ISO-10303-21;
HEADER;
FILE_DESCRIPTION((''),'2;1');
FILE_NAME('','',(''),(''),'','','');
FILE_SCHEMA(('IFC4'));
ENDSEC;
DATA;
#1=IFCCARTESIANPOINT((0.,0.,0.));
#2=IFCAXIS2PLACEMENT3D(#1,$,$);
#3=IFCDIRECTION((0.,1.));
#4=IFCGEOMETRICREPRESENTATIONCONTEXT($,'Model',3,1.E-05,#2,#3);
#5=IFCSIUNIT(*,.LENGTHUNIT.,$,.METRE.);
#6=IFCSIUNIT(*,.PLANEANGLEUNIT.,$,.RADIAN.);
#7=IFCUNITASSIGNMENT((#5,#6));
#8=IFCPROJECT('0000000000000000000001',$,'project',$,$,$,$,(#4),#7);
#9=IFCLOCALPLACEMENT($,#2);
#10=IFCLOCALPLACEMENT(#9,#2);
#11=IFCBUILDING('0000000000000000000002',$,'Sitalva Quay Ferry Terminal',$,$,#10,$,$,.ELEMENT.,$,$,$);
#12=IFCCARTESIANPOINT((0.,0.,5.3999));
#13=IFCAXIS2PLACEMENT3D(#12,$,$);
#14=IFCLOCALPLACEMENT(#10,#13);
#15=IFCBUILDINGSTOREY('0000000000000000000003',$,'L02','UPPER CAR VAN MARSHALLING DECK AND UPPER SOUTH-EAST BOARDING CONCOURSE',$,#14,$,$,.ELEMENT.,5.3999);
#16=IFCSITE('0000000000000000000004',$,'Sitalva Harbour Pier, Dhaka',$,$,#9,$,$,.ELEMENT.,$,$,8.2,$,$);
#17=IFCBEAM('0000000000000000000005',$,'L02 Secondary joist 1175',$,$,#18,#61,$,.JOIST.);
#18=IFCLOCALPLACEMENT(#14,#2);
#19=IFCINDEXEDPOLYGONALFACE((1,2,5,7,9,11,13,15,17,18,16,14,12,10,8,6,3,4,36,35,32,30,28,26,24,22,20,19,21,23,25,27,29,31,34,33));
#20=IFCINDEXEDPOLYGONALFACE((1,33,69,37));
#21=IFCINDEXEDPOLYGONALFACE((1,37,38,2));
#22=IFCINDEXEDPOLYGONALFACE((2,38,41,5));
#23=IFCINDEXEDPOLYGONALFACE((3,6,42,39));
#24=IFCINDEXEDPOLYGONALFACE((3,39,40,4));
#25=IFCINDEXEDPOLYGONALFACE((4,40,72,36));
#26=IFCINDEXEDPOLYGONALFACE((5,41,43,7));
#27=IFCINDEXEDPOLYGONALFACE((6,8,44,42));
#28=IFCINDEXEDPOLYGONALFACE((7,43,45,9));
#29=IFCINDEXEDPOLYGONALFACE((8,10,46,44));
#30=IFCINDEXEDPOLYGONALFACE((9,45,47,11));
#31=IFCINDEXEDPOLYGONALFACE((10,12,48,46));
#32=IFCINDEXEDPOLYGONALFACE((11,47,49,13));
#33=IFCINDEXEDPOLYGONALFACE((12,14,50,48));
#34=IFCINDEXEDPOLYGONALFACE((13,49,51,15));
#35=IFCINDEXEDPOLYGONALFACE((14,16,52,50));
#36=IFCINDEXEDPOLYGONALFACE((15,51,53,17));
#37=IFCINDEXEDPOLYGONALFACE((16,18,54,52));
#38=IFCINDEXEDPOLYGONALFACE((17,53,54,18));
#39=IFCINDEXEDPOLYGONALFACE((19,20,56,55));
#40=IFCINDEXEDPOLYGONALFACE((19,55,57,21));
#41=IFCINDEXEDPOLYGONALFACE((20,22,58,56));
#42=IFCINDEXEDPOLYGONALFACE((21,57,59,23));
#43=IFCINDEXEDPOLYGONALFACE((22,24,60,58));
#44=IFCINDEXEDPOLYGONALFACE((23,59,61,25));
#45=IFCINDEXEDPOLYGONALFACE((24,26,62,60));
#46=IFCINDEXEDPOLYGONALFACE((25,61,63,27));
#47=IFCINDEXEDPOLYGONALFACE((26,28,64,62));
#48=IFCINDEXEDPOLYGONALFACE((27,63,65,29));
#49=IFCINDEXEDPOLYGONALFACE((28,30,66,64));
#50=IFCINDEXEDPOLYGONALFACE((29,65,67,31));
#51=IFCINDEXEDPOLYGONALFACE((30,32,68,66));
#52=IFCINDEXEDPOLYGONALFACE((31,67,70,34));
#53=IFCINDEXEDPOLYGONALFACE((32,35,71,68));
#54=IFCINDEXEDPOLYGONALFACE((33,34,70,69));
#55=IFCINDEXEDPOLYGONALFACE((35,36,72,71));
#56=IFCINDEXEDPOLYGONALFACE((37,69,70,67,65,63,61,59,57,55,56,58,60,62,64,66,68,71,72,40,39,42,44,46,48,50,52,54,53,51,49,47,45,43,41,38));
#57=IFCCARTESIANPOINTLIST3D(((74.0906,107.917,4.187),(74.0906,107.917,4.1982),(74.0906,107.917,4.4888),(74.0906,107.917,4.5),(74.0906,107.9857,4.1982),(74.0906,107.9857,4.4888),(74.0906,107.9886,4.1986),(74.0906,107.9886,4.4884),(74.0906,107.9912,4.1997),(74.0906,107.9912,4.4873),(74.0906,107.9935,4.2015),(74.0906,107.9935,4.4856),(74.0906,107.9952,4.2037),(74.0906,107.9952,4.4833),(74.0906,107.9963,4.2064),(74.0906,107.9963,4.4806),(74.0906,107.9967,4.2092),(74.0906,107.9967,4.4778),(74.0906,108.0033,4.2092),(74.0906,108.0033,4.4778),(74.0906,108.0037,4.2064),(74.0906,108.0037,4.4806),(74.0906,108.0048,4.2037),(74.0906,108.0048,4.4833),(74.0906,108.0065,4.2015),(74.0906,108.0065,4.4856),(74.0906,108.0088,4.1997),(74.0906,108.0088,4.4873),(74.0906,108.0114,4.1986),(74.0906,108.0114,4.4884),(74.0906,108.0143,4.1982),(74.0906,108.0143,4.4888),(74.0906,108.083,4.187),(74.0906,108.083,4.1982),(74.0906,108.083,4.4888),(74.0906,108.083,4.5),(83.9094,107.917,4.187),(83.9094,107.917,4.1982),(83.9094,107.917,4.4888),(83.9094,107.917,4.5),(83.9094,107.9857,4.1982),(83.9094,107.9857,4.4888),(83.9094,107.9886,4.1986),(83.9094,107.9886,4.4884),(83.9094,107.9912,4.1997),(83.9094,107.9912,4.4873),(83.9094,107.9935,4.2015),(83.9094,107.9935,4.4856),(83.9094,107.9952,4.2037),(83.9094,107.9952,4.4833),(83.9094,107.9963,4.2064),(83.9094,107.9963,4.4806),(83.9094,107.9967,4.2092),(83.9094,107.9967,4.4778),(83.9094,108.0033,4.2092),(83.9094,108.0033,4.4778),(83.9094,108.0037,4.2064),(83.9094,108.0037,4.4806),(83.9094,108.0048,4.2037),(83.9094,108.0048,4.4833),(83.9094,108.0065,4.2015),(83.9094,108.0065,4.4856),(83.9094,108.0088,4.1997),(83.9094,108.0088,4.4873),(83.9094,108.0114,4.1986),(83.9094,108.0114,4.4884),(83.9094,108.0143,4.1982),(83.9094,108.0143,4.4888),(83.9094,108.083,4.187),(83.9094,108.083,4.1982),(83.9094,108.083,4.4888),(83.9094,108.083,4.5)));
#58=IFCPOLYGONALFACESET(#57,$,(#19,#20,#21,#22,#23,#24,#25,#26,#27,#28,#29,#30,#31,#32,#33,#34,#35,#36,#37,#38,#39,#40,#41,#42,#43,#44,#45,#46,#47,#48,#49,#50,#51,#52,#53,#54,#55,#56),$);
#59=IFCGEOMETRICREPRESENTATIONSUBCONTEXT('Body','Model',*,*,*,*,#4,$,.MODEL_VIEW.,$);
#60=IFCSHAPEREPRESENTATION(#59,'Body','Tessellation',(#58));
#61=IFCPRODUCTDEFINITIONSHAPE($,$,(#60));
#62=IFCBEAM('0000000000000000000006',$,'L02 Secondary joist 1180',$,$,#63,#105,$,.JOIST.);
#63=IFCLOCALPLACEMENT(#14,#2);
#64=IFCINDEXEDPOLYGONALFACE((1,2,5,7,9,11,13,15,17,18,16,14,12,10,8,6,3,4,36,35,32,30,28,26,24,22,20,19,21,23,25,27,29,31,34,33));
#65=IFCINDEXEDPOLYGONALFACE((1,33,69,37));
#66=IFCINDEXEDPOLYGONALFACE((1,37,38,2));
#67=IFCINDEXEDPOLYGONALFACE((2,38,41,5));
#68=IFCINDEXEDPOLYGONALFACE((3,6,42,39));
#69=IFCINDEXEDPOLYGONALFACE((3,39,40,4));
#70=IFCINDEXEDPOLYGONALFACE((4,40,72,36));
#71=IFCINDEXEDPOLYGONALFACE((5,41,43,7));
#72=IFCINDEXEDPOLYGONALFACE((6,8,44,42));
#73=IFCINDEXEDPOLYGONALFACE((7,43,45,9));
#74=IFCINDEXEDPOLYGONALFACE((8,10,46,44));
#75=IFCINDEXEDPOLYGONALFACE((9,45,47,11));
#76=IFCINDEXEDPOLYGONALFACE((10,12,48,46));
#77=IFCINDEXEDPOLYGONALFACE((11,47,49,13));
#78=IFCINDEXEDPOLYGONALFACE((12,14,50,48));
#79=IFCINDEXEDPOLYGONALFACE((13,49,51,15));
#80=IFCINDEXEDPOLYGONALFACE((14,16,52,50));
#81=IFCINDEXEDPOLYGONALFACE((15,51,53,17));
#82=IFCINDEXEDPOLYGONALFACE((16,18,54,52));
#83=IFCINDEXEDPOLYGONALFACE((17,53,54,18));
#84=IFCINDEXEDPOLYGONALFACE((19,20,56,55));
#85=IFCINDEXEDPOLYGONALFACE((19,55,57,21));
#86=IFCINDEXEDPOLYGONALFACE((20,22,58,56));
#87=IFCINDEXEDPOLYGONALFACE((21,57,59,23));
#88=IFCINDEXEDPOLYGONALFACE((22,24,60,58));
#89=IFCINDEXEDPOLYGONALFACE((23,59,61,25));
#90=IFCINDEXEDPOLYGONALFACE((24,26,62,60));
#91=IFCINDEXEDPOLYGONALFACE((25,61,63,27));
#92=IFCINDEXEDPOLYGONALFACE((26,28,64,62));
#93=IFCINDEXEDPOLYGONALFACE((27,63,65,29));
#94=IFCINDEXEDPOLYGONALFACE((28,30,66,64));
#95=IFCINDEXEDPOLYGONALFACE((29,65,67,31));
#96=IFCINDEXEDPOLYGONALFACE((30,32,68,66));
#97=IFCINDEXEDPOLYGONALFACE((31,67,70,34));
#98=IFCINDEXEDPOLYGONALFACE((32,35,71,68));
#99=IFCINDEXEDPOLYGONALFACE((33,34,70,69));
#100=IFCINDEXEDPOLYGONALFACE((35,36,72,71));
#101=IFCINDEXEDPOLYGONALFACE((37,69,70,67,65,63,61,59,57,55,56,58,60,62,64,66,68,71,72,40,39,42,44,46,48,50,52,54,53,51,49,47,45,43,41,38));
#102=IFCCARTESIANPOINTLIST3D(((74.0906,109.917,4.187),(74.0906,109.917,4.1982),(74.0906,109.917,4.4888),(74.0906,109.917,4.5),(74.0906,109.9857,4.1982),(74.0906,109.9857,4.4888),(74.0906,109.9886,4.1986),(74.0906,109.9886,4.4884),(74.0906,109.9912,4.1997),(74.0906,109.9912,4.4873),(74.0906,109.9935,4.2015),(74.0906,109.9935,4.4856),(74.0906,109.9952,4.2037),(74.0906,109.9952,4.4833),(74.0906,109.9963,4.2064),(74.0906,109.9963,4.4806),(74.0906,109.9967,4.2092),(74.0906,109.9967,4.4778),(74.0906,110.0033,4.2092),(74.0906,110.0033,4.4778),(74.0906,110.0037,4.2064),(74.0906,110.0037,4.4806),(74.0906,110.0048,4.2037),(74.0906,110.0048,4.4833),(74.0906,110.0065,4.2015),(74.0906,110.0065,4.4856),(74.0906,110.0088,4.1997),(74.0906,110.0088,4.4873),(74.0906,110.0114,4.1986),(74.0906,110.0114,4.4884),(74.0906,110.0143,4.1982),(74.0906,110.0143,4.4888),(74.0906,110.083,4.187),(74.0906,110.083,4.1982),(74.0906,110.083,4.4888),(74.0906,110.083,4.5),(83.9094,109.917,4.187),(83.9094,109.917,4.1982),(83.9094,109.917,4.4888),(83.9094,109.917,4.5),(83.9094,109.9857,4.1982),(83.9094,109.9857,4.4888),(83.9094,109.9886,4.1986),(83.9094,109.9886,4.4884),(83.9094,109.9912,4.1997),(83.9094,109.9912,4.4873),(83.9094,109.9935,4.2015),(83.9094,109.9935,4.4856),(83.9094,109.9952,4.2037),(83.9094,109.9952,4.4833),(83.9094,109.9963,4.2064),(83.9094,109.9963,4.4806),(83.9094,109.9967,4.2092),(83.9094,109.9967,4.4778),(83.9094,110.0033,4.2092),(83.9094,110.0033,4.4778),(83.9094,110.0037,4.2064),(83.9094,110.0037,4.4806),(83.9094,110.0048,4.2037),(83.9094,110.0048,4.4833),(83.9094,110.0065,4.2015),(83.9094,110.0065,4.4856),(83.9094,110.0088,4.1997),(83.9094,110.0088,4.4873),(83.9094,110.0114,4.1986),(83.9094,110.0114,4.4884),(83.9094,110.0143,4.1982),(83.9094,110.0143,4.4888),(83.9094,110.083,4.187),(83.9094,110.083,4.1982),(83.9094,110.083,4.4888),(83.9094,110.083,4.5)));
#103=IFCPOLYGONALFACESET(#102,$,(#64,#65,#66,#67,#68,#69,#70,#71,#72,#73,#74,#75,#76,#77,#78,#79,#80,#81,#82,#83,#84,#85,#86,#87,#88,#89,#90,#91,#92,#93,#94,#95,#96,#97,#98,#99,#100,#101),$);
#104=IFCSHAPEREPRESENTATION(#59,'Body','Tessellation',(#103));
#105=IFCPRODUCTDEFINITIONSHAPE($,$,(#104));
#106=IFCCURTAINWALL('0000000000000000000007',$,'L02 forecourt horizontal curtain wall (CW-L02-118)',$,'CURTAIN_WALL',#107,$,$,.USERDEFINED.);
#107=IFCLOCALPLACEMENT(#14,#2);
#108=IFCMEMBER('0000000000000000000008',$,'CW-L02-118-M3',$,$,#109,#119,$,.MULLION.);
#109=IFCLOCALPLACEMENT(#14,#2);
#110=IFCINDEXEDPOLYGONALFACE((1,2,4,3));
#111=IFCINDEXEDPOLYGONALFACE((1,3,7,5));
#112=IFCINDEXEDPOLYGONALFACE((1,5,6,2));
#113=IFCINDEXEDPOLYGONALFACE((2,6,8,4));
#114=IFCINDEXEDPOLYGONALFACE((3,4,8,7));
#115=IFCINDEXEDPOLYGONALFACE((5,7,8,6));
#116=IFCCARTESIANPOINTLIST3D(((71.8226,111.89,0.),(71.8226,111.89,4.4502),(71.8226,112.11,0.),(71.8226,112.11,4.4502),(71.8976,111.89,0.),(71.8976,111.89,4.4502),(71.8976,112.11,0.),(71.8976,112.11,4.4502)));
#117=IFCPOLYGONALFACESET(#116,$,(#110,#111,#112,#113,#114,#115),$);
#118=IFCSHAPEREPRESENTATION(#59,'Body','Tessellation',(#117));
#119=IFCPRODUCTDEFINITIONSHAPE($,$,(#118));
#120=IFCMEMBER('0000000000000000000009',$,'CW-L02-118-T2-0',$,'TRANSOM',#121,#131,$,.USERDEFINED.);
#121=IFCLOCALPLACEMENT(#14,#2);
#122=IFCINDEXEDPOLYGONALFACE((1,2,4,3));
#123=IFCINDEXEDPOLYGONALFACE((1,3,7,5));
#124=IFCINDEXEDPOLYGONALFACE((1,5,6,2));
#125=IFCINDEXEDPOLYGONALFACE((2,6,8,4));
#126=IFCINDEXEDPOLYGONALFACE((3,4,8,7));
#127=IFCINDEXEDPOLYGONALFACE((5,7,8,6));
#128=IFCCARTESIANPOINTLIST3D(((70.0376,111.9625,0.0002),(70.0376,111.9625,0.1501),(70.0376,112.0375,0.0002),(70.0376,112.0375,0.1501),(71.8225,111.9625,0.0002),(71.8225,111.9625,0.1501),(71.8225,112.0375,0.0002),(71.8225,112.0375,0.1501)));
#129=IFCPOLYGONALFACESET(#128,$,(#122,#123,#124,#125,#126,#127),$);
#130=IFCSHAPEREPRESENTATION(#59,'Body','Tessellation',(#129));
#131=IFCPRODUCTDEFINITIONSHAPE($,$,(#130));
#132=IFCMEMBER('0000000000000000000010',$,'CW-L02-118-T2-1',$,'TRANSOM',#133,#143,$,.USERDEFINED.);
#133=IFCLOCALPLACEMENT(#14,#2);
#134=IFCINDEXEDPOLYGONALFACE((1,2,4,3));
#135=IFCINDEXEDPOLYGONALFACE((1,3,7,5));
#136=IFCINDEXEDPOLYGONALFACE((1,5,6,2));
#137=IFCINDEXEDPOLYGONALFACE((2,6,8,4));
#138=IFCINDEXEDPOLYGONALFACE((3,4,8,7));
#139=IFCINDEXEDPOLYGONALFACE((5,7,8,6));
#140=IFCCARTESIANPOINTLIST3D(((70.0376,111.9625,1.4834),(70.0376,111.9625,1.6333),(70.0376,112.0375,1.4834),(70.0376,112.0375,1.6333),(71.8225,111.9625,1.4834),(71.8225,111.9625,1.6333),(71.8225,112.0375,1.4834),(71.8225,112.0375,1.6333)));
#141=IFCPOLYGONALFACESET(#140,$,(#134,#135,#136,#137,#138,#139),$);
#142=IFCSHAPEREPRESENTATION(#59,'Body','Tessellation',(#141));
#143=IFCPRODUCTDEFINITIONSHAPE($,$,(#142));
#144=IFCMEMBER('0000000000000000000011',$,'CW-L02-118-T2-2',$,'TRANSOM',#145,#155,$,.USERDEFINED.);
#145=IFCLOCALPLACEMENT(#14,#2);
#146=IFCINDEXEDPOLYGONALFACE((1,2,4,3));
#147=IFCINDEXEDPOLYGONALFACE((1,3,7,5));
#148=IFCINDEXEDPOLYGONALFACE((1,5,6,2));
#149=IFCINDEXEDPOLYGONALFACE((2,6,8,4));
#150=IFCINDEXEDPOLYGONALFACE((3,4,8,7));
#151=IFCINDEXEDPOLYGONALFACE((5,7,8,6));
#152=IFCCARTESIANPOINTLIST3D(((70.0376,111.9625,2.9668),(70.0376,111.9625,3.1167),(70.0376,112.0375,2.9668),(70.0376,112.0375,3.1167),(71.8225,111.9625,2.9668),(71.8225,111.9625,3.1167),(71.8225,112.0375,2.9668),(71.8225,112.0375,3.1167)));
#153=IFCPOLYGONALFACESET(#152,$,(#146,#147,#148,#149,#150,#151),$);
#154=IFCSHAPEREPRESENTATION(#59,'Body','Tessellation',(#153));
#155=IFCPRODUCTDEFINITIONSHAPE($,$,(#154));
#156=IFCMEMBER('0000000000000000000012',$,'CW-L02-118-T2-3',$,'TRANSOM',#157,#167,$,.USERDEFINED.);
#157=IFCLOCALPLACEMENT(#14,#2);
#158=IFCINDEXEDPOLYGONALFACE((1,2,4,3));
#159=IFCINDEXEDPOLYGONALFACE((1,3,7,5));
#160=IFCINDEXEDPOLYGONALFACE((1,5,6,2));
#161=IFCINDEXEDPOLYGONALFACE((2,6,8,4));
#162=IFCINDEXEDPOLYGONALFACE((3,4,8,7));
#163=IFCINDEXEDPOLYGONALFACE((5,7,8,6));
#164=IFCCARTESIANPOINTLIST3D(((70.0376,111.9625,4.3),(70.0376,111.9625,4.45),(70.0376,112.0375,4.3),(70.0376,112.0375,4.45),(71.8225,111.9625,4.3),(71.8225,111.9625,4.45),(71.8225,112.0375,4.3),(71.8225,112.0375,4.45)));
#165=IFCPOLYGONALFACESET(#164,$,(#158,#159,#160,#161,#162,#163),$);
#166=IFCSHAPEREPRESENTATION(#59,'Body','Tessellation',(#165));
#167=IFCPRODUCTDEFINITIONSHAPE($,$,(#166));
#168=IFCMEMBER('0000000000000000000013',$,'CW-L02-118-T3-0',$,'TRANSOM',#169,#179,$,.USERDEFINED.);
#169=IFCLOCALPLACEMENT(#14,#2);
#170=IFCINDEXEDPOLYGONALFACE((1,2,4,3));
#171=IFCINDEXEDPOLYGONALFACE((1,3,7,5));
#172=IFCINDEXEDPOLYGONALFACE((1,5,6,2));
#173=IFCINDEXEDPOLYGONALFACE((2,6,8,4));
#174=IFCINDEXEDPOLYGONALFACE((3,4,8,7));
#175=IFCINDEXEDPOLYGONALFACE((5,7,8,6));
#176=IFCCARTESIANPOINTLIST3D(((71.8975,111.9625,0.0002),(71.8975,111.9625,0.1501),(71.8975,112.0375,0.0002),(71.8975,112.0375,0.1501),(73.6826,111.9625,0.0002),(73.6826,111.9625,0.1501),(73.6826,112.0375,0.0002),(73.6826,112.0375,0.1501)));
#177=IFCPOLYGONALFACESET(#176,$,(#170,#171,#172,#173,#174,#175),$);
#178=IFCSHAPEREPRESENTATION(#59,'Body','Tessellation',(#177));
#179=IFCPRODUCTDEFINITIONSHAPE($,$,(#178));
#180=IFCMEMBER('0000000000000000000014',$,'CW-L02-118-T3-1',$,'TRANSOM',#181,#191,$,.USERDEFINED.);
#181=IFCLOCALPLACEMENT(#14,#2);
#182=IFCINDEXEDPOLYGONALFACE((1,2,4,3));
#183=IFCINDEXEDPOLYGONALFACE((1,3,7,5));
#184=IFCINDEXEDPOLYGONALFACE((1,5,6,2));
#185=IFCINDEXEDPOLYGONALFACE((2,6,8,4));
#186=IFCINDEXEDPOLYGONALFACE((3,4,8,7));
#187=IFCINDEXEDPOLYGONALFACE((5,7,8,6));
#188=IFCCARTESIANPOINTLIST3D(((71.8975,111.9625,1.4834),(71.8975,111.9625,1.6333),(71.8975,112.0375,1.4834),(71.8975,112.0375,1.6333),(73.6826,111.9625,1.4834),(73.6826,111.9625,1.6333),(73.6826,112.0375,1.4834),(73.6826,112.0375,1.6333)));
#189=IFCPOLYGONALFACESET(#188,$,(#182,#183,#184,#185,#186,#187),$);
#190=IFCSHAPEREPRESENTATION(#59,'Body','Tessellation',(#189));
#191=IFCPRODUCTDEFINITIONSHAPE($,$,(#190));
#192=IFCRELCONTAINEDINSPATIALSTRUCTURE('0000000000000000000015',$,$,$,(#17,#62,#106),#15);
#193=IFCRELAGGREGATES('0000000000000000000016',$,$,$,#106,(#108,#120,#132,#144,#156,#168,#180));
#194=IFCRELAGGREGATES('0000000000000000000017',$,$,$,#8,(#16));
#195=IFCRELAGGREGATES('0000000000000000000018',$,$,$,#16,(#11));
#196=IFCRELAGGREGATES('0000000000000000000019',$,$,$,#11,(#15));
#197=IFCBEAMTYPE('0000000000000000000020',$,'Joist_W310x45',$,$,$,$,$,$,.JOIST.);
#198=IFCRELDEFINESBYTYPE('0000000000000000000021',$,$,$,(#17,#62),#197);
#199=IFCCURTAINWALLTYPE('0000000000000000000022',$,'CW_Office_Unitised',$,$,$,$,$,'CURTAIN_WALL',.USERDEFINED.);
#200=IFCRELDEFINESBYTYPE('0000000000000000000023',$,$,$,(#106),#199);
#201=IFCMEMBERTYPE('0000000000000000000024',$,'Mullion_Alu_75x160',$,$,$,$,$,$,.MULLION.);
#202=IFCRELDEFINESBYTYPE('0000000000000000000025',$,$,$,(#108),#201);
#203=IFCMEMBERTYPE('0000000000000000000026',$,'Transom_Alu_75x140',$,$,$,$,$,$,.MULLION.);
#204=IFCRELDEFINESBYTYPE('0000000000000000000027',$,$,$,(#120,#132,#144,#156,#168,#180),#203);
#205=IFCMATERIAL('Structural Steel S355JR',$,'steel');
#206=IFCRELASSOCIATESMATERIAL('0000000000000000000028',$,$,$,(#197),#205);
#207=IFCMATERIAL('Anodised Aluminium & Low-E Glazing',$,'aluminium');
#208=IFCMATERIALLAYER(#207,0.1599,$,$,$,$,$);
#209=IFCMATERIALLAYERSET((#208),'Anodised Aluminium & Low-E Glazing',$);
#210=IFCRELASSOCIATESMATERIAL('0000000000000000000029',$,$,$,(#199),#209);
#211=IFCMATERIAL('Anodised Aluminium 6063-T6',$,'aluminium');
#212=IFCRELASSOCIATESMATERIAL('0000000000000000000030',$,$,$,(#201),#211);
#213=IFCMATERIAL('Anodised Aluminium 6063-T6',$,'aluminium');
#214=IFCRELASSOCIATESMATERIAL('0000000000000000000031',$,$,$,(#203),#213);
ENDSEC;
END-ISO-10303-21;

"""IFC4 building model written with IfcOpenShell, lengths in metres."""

from ifc_helpers import new_model, si_unit, direction, frame, origin, origin_2d, place, context, subcontext, project, spatial, rectangle, i_section, extrude, material, layer, layer_set, material_profile, profile_set, type_object, element, aggregate, save


model = new_model("IFC4")

# Units and contexts
model_context = context("Model", 3, precision=1e-05, world=origin(), true_north=direction((0.0, 1.0)))
body_context = subcontext(model_context, "Body", "Model", "MODEL_VIEW")
ifc_project = project(units=[si_unit("LENGTHUNIT", "METRE"), si_unit("PLANEANGLEUNIT", "RADIAN")], contexts=[model_context])

# Site, building, storey
site_placement = place(None, origin())
site = spatial("IfcSite", under=ifc_project, at=site_placement, Name="Sitalva Harbour Pier, Dhaka", CompositionType="ELEMENT", RefElevation=8.2)
building_placement = place(site_placement, origin())
building = spatial("IfcBuilding", under=site, at=building_placement, Name="Sitalva Quay Ferry Terminal", CompositionType="ELEMENT")
storey_placement = place(building_placement, frame((0.0, 0.0, 5.3999)))
storey = spatial("IfcBuildingStorey", under=building, at=storey_placement, Name="L02", Description="UPPER CAR VAN MARSHALLING DECK AND UPPER SOUTH-EAST BOARDING CONCOURSE", CompositionType="ELEMENT", Elevation=5.3999)

# Beams
ifc_material_1 = material(Name="Structural Steel S355JR", Category="steel")
ifc_material_profile_1 = material_profile(ifc_material_1, i_section(OverallWidth=0.166, OverallDepth=0.313, WebThickness=0.0066, FlangeThickness=0.0112, FilletRadius=0.011, at=origin_2d()), Name="W310x45")
ifc_profile_set_1 = profile_set([ifc_material_profile_1], Name="Structural Steel S355JR")
beam_type_1 = type_object("IfcBeamType", Name="Joist_W310x45", PredefinedType="JOIST", material=ifc_profile_set_1)
for number, where, z_axis, x_axis, name in (
    (1, (74.0906, 108.0, 4.3435), (1.0, 0.0, 0.0), (0.0, 1.0, 0.0), "L02 Secondary joist 1175"),
    (2, (74.0906, 110.0, 4.3435), (1.0, 0.0, 0.0), (0.0, 1.0, 0.0), "L02 Secondary joist 1180"),
):
    element("IfcBeam", number, at=place(storey_placement, frame(where, z_axis=z_axis, x_axis=x_axis)), inside=storey, type_object=beam_type_1, Name=name, PredefinedType="JOIST", context=body_context, shape_type="SweptSolid", body=[
        extrude(i_section(OverallWidth=0.166, OverallDepth=0.313, WebThickness=0.0066, FlangeThickness=0.0112, FilletRadius=0.011, at=origin_2d()), origin(), (0.0, 0.0, 1.0), 9.8188),
    ])

# Curtain wall, members
ifc_material_2 = material(Name="Anodised Aluminium & Low-E Glazing", Category="aluminium")
ifc_layer_1 = layer(ifc_material_2, 0.1599)
ifc_layer_set_1 = layer_set([ifc_layer_1], Name="Anodised Aluminium & Low-E Glazing")
curtain_wall_type = type_object("IfcCurtainWallType", Name="CW_Office_Unitised", ElementType="CURTAIN_WALL", PredefinedType="USERDEFINED", material=ifc_layer_set_1)
curtain_wall_placement = place(storey_placement, origin())
curtain_wall = element("IfcCurtainWall", 3, at=curtain_wall_placement, inside=storey, type_object=curtain_wall_type, Name="L02 forecourt horizontal curtain wall (CW-L02-118)", ObjectType="CURTAIN_WALL", PredefinedType="USERDEFINED")
ifc_material_3 = material(Name="Anodised Aluminium 6063-T6", Category="aluminium")
ifc_material_profile_2 = material_profile(ifc_material_3, rectangle(XDim=0.075, YDim=0.22, at=origin_2d()), Name="ALU75x220")
ifc_profile_set_2 = profile_set([ifc_material_profile_2], Name="Anodised Aluminium 6063-T6")
member_type_1 = type_object("IfcMemberType", Name="Mullion_Alu_75x160", PredefinedType="MULLION", material=ifc_profile_set_2)
member_1_placement = place(storey_placement, frame((71.8601, 112.0, 0.0), z_axis=(0.0, 0.0, 1.0), x_axis=(1.0, 0.0, 0.0)))
member_1 = element("IfcMember", 4, at=member_1_placement, type_object=member_type_1, Name="CW-L02-118-M3", PredefinedType="MULLION", context=body_context, shape_type="SweptSolid", body=[
    extrude(rectangle(XDim=0.075, YDim=0.22, at=origin_2d()), origin(), (0.0, 0.0, 1.0), 4.4502),
])
ifc_material_4 = material(Name="Anodised Aluminium 6063-T6", Category="aluminium")
ifc_material_profile_3 = material_profile(ifc_material_4, rectangle(XDim=0.075, YDim=0.1499, at=origin_2d()), Name="ALU75x150")
ifc_profile_set_3 = profile_set([ifc_material_profile_3], Name="Anodised Aluminium 6063-T6")
member_type_2 = type_object("IfcMemberType", Name="Transom_Alu_75x140", PredefinedType="MULLION", material=ifc_profile_set_3)
member_2_placement = place(storey_placement, frame((70.0376, 112.0, 0.0752), z_axis=(1.0, 0.0, 0.0), x_axis=(0.0, 1.0, 0.0)))
member_2 = element("IfcMember", 5, at=member_2_placement, type_object=member_type_2, Name="CW-L02-118-T2-0", ObjectType="TRANSOM", PredefinedType="USERDEFINED", context=body_context, shape_type="SweptSolid", body=[
    extrude(rectangle(XDim=0.075, YDim=0.1499, at=origin_2d()), origin(), (0.0, 0.0, 1.0), 1.7849),
])
member_3_placement = place(storey_placement, frame((70.0376, 112.0, 1.5583), z_axis=(1.0, 0.0, 0.0), x_axis=(0.0, 1.0, 0.0)))
member_3 = element("IfcMember", 6, at=member_3_placement, type_object=member_type_2, Name="CW-L02-118-T2-1", ObjectType="TRANSOM", PredefinedType="USERDEFINED", context=body_context, shape_type="SweptSolid", body=[
    extrude(rectangle(XDim=0.075, YDim=0.1499, at=origin_2d()), origin(), (0.0, 0.0, 1.0), 1.7849),
])
member_4_placement = place(storey_placement, frame((70.0376, 112.0, 3.0417), z_axis=(1.0, 0.0, 0.0), x_axis=(0.0, 1.0, 0.0)))
member_4 = element("IfcMember", 7, at=member_4_placement, type_object=member_type_2, Name="CW-L02-118-T2-2", ObjectType="TRANSOM", PredefinedType="USERDEFINED", context=body_context, shape_type="SweptSolid", body=[
    extrude(rectangle(XDim=0.075, YDim=0.1499, at=origin_2d()), origin(), (0.0, 0.0, 1.0), 1.7849),
])
member_5_placement = place(storey_placement, frame((70.0376, 112.0, 4.375), z_axis=(1.0, 0.0, 0.0), x_axis=(0.0, 1.0, 0.0)))
member_5 = element("IfcMember", 8, at=member_5_placement, type_object=member_type_2, Name="CW-L02-118-T2-3", ObjectType="TRANSOM", PredefinedType="USERDEFINED", context=body_context, shape_type="SweptSolid", body=[
    extrude(rectangle(XDim=0.075, YDim=0.1499, at=origin_2d()), origin(), (0.0, 0.0, 1.0), 1.7849),
])
member_6_placement = place(storey_placement, frame((71.8975, 112.0, 0.0752), z_axis=(1.0, 0.0, 0.0), x_axis=(0.0, 1.0, 0.0)))
member_6 = element("IfcMember", 9, at=member_6_placement, type_object=member_type_2, Name="CW-L02-118-T3-0", ObjectType="TRANSOM", PredefinedType="USERDEFINED", context=body_context, shape_type="SweptSolid", body=[
    extrude(rectangle(XDim=0.075, YDim=0.1499, at=origin_2d()), origin(), (0.0, 0.0, 1.0), 1.7852),
])
member_7_placement = place(storey_placement, frame((71.8975, 112.0, 1.5583), z_axis=(1.0, 0.0, 0.0), x_axis=(0.0, 1.0, 0.0)))
member_7 = element("IfcMember", 10, at=member_7_placement, type_object=member_type_2, Name="CW-L02-118-T3-1", ObjectType="TRANSOM", PredefinedType="USERDEFINED", context=body_context, shape_type="SweptSolid", body=[
    extrude(rectangle(XDim=0.075, YDim=0.1499, at=origin_2d()), origin(), (0.0, 0.0, 1.0), 1.7852),
])
aggregate(curtain_wall, [member_1, member_2, member_3, member_4, member_5, member_6, member_7])

save(model, "model.ifc")
